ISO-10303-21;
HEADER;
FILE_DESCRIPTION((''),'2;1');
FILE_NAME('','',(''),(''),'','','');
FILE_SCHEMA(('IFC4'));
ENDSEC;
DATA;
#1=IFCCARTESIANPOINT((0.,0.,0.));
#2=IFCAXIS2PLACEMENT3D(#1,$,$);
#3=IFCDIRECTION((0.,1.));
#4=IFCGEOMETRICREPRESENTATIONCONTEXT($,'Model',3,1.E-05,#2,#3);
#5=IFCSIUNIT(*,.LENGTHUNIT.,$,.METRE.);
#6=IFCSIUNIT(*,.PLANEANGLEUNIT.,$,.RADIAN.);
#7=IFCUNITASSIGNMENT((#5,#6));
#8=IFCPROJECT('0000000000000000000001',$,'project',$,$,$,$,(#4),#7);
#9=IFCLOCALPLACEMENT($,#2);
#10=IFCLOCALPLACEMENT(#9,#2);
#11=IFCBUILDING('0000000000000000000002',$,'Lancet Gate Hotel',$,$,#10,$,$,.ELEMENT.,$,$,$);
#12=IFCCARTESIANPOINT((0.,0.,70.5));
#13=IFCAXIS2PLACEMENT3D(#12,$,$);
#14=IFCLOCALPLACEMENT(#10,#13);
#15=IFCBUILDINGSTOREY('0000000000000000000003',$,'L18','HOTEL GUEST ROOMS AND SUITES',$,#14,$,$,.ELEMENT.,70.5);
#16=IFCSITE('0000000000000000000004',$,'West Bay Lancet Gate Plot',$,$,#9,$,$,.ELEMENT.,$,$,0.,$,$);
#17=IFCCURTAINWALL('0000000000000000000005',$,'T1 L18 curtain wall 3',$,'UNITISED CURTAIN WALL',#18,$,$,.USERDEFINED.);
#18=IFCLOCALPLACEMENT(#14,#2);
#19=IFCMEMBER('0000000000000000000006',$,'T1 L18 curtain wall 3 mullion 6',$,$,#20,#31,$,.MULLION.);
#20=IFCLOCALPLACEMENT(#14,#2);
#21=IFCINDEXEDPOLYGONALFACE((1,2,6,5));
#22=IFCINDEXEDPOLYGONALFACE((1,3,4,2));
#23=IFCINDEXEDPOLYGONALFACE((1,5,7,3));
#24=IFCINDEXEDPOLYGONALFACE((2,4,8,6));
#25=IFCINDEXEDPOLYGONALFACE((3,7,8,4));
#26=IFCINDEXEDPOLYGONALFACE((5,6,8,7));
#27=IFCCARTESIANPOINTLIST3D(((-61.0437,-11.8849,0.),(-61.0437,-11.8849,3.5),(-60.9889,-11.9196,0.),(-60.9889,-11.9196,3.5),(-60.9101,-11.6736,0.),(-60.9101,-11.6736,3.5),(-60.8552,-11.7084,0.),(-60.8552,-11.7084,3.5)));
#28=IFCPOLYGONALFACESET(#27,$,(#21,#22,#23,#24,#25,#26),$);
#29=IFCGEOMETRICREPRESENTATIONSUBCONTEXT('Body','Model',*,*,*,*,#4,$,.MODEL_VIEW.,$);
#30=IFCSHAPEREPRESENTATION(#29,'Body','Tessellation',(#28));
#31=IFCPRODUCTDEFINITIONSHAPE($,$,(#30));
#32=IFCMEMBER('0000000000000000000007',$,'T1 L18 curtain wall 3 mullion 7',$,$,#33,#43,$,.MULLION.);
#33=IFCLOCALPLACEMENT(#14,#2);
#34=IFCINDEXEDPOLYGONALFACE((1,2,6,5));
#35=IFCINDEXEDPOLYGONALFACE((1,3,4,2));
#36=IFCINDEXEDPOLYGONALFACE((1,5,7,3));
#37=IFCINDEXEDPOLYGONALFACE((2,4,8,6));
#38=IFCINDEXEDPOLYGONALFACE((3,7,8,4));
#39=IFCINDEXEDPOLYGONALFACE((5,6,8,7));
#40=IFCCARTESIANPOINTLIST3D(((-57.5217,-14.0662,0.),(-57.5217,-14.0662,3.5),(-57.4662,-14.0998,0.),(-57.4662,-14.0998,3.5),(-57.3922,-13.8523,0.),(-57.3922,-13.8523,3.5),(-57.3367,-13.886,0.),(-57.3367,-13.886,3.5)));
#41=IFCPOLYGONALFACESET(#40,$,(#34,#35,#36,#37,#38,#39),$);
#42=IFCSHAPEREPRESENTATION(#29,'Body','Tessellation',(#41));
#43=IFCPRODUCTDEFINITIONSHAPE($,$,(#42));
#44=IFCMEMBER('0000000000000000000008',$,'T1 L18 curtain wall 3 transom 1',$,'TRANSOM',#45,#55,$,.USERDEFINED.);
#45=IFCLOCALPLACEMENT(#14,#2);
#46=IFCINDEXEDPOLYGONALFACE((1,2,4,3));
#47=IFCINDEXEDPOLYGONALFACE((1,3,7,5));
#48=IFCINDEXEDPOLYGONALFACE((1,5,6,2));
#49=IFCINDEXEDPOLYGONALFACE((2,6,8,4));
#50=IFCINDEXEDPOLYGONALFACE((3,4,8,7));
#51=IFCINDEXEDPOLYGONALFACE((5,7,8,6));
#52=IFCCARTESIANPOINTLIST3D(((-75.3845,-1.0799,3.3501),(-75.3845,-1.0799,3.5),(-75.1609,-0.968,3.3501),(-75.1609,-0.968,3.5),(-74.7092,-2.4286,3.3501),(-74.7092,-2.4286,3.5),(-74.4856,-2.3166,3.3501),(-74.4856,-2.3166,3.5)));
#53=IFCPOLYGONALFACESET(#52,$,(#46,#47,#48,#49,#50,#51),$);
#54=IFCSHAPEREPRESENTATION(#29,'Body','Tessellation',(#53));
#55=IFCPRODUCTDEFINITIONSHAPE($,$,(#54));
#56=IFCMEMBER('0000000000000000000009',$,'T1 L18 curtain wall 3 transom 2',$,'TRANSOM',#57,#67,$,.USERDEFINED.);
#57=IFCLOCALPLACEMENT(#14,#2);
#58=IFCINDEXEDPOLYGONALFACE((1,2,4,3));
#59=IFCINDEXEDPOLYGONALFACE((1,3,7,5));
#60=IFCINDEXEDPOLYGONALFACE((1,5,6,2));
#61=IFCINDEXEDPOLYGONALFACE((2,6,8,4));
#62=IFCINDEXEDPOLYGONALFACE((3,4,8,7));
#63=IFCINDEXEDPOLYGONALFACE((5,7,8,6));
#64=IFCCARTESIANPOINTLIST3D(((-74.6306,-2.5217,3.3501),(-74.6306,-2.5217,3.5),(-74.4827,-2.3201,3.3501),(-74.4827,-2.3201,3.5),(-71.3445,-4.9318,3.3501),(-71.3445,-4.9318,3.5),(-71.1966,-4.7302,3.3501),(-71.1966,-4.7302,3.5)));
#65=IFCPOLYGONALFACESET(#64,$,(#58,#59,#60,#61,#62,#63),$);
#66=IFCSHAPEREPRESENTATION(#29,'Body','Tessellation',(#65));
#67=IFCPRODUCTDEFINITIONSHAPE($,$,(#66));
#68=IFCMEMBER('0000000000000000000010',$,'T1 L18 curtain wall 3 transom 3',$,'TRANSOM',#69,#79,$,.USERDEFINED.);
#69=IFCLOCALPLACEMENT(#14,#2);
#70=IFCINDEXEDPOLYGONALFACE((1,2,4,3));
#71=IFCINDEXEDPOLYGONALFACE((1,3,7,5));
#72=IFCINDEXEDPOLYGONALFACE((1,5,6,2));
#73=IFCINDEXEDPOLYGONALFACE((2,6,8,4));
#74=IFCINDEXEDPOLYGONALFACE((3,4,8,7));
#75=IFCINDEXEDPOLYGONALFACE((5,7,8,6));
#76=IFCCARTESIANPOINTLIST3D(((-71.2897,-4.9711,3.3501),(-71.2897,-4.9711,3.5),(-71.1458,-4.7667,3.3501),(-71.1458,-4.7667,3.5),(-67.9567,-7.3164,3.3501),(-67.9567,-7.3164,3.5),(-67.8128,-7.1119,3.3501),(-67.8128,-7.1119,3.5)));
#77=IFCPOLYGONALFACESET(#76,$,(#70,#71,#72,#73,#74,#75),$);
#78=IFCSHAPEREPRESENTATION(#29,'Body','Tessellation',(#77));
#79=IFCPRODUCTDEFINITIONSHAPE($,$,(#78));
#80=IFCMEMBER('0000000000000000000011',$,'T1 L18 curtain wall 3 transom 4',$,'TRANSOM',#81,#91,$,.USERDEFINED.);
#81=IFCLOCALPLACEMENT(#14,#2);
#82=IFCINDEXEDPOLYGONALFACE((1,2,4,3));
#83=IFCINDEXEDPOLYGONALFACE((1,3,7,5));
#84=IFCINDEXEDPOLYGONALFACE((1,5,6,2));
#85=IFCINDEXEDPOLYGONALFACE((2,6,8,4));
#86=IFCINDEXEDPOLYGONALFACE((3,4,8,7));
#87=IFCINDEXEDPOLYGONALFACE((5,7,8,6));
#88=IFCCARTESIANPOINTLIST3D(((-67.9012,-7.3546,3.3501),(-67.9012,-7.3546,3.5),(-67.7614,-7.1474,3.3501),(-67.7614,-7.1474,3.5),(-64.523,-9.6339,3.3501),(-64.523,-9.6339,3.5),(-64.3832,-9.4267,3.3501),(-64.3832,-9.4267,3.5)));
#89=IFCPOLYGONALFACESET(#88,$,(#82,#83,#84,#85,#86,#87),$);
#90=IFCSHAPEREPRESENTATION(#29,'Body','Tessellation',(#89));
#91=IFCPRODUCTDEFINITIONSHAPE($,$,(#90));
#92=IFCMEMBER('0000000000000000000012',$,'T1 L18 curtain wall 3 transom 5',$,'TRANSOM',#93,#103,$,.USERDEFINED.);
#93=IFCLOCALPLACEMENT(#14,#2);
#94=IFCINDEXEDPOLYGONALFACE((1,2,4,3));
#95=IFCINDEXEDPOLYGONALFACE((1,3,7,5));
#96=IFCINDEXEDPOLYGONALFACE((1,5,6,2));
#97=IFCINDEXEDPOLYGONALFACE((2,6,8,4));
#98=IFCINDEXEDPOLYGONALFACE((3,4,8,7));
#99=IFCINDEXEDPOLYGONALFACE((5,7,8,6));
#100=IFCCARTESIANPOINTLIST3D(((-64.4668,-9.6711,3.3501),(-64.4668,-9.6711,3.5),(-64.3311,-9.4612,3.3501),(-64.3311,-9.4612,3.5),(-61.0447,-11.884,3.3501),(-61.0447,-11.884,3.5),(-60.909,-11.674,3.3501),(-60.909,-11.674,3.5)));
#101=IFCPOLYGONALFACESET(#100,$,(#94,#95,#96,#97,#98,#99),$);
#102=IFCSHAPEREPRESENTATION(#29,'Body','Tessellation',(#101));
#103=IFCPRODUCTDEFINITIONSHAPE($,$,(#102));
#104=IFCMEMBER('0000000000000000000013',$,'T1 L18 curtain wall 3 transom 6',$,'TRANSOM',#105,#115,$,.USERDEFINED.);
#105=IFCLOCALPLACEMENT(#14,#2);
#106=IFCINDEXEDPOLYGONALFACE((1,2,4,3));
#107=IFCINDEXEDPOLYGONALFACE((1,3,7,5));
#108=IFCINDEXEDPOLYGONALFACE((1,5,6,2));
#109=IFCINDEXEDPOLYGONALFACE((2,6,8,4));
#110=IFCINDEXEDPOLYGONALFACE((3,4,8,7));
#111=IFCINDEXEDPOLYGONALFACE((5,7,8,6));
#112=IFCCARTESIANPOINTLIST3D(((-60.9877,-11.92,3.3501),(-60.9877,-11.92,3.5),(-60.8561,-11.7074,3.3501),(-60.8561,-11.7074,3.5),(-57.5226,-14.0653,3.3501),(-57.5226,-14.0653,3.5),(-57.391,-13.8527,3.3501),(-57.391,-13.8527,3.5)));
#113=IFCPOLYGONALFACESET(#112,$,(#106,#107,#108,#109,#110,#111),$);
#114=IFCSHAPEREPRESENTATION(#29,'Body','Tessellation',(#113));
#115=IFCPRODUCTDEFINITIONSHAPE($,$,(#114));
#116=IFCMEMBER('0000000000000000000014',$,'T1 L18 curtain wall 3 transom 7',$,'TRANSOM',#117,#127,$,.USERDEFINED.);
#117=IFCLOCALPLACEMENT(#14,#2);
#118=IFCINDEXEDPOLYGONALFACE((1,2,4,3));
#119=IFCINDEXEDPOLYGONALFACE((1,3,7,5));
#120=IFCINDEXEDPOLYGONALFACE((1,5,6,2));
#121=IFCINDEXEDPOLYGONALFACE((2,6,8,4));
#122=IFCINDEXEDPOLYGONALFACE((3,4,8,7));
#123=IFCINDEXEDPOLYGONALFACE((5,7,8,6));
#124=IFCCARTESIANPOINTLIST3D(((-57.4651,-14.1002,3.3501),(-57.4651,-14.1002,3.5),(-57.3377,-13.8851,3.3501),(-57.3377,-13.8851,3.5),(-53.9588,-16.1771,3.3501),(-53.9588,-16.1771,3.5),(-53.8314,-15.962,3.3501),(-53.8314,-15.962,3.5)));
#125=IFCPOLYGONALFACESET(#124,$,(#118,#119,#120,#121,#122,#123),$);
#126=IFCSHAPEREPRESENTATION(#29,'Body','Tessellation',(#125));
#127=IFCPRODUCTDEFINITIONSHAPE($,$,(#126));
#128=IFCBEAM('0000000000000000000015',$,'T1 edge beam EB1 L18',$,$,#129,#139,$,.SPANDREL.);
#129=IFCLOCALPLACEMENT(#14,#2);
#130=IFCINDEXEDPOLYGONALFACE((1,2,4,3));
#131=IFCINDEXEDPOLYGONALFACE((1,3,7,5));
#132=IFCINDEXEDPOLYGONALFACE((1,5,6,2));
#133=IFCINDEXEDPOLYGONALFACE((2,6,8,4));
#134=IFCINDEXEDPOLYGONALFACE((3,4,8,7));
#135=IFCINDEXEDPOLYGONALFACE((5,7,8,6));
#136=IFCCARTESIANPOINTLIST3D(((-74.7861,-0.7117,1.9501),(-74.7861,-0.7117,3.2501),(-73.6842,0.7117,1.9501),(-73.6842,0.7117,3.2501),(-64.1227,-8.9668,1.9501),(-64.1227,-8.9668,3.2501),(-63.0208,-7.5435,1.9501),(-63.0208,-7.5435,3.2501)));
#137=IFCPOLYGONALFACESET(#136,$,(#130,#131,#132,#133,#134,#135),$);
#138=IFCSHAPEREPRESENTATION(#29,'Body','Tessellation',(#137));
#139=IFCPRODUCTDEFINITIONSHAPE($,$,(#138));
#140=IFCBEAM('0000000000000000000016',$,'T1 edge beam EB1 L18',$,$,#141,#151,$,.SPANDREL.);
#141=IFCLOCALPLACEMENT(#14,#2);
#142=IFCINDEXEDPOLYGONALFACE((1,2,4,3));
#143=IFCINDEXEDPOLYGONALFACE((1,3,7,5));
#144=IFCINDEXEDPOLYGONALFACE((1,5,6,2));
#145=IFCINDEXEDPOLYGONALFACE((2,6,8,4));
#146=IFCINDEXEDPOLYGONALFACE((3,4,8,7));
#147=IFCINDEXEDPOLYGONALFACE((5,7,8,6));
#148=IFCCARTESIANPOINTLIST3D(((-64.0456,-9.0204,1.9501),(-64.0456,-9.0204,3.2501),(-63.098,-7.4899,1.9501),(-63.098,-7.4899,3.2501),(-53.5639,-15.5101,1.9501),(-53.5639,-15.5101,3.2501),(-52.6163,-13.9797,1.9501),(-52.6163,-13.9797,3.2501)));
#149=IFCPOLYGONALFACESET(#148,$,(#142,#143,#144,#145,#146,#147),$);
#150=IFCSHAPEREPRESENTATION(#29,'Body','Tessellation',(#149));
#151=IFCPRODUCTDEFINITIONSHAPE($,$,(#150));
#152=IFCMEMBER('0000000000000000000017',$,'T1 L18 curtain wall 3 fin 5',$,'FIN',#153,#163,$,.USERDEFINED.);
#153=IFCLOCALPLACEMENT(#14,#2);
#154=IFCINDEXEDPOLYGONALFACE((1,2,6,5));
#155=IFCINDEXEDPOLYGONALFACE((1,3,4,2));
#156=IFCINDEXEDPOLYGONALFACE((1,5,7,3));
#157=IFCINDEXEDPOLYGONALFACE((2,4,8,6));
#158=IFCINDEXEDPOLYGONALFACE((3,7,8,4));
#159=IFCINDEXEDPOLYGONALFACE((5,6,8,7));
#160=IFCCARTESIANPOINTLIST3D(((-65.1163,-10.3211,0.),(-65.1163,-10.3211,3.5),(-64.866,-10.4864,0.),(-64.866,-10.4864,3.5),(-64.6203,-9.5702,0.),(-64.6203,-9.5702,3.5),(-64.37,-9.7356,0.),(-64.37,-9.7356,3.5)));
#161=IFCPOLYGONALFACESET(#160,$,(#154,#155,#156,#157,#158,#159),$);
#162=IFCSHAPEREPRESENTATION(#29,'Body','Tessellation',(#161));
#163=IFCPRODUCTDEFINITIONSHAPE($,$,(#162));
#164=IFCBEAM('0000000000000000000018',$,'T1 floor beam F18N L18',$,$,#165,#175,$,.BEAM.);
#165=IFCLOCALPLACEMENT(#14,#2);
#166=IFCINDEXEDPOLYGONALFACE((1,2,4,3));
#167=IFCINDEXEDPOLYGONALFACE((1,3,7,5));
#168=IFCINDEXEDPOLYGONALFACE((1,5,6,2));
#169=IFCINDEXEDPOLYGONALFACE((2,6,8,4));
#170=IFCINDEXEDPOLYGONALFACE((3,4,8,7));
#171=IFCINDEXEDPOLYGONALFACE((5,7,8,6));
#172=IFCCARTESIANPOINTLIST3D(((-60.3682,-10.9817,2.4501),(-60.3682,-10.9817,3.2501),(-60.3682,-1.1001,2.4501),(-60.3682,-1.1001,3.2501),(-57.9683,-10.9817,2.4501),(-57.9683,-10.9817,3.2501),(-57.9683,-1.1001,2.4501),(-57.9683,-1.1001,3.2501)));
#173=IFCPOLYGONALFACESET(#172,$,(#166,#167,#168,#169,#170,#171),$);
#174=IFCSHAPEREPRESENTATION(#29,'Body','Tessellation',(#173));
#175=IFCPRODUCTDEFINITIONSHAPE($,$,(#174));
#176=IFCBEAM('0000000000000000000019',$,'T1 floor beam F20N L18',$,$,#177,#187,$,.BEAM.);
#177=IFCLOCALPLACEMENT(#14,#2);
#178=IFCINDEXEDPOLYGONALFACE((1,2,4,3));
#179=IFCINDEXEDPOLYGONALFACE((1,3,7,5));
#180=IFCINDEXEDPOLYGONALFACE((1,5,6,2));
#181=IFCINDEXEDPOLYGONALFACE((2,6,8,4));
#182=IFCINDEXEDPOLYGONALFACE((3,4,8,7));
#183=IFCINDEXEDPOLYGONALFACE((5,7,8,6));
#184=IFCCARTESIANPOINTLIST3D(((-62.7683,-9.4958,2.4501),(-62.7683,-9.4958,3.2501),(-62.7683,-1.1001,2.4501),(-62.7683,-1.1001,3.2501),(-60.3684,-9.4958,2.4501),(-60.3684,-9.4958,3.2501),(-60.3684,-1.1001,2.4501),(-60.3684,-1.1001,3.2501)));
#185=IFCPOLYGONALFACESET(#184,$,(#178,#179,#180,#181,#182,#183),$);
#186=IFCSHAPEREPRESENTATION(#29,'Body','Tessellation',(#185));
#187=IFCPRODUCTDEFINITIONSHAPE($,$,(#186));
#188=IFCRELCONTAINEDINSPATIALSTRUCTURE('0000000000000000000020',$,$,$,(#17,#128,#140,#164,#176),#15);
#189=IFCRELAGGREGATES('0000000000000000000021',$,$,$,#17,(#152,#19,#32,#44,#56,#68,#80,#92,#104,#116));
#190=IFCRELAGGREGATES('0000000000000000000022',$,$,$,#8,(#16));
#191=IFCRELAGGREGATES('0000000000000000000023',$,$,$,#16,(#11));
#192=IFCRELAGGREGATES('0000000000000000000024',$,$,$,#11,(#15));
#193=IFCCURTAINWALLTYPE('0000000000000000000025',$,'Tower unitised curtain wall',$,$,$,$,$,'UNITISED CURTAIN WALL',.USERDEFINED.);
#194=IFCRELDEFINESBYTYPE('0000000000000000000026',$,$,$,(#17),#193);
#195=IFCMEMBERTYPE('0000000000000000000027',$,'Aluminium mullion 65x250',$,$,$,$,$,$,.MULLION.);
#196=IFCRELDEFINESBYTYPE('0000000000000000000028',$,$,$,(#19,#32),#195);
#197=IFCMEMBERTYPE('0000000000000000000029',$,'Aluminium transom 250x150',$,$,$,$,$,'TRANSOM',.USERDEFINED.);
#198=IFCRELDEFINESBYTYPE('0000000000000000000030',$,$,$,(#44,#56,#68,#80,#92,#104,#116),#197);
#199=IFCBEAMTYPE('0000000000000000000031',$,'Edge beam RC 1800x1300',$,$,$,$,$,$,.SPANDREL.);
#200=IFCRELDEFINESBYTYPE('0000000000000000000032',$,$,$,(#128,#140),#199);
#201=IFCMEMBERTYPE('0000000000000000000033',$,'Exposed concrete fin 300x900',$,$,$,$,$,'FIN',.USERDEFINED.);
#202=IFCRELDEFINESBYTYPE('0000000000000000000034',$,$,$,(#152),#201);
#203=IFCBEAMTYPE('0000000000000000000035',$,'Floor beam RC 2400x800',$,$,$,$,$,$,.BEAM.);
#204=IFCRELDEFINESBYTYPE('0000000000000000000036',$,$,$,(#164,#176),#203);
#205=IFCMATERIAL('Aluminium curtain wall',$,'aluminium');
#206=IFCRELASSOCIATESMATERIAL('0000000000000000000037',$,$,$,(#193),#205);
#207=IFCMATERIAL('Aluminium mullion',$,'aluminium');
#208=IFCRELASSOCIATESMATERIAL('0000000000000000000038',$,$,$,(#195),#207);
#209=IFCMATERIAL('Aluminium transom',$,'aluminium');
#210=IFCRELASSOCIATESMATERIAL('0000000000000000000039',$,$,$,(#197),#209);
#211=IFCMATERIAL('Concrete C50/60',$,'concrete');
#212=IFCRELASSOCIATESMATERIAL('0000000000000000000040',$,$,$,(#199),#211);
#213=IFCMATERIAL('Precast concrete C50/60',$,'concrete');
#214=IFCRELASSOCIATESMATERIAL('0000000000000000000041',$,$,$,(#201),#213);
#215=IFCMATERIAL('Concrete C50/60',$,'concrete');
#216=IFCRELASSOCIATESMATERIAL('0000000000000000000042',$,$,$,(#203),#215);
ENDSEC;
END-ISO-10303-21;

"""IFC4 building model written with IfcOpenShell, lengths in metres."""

from ifc_helpers import new_model, si_unit, direction, frame, origin, origin_2d, place, context, subcontext, project, spatial, rectangle, extrude, material, material_profile, profile_set, type_object, element, aggregate, save


model = new_model("IFC4")

# Units and contexts
model_context = context("Model", 3, precision=1e-05, world=origin(), true_north=direction((0.0, 1.0)))
body_context = subcontext(model_context, "Body", "Model", "MODEL_VIEW")
ifc_project = project(units=[si_unit("LENGTHUNIT", "METRE"), si_unit("PLANEANGLEUNIT", "RADIAN")], contexts=[model_context])

# Site, building, storey
site_placement = place(None, origin())
site = spatial("IfcSite", under=ifc_project, at=site_placement, Name="West Bay Lancet Gate Plot", CompositionType="ELEMENT", RefElevation=0.0)
building_placement = place(site_placement, origin())
building = spatial("IfcBuilding", under=site, at=building_placement, Name="Lancet Gate Hotel", CompositionType="ELEMENT")
storey_placement = place(building_placement, frame((0.0, 0.0, 70.5)))
storey = spatial("IfcBuildingStorey", under=building, at=storey_placement, Name="L18", Description="HOTEL GUEST ROOMS AND SUITES", CompositionType="ELEMENT", Elevation=70.5)

# Curtain wall, members
ifc_material_1 = material(Name="Aluminium curtain wall", Category="aluminium")
curtain_wall_type = type_object("IfcCurtainWallType", Name="Tower unitised curtain wall", ElementType="UNITISED CURTAIN WALL", PredefinedType="USERDEFINED", material=ifc_material_1)
curtain_wall_placement = place(storey_placement, origin())
curtain_wall = element("IfcCurtainWall", 1, at=curtain_wall_placement, inside=storey, type_object=curtain_wall_type, Name="T1 L18 curtain wall 3", ObjectType="UNITISED CURTAIN WALL", PredefinedType="USERDEFINED")
ifc_material_2 = material(Name="Aluminium mullion", Category="aluminium")
ifc_material_profile_1 = material_profile(ifc_material_2, rectangle(XDim=0.0649, YDim=0.25, at=origin_2d()), Name="MULLION 65x250")
ifc_profile_set_1 = profile_set([ifc_material_profile_1], Name="Aluminium mullion")
member_type_1 = type_object("IfcMemberType", Name="Aluminium mullion 65x250", PredefinedType="MULLION", material=ifc_profile_set_1)
member_1_placement = place(storey_placement, frame((-60.9495, -11.7966, 0.0), z_axis=(0.0, 0.0, 1.0), x_axis=(0.845029, -0.53472, 0.0)))
member_1 = element("IfcMember", 2, at=member_1_placement, type_object=member_type_1, Name="T1 L18 curtain wall 3 mullion 6", PredefinedType="MULLION", context=body_context, shape_type="SweptSolid", body=[
    extrude(rectangle(XDim=0.0649, YDim=0.25, at=origin_2d()), origin(), (0.0, 0.0, 1.0), 3.5),
])
member_2_placement = place(storey_placement, frame((-57.4292, -13.9761, 0.0), z_axis=(0.0, 0.0, 1.0), x_axis=(0.855346, -0.518057, 0.0)))
member_2 = element("IfcMember", 3, at=member_2_placement, type_object=member_type_1, Name="T1 L18 curtain wall 3 mullion 7", PredefinedType="MULLION", context=body_context, shape_type="SweptSolid", body=[
    extrude(rectangle(XDim=0.0649, YDim=0.25, at=origin_2d()), origin(), (0.0, 0.0, 1.0), 3.5),
])
ifc_material_3 = material(Name="Aluminium transom", Category="aluminium")
ifc_material_profile_2 = material_profile(ifc_material_3, rectangle(XDim=0.25, YDim=0.1499, at=origin_2d()), Name="TRANSOM 250x150")
ifc_profile_set_2 = profile_set([ifc_material_profile_2], Name="Aluminium transom")
member_type_2 = type_object("IfcMemberType", Name="Aluminium transom 250x150", ElementType="TRANSOM", PredefinedType="USERDEFINED", material=ifc_profile_set_2)
member_3_placement = place(storey_placement, frame((-75.2727, -1.0239, 3.425), z_axis=(0.447732, -0.894168, 0.0), x_axis=(0.894168, 0.447732, 0.0)))
member_3 = element("IfcMember", 4, at=member_3_placement, type_object=member_type_2, Name="T1 L18 curtain wall 3 transom 1", ObjectType="TRANSOM", PredefinedType="USERDEFINED", context=body_context, shape_type="SweptSolid", body=[
    extrude(rectangle(XDim=0.25, YDim=0.1499, at=origin_2d()), origin(), (0.0, 0.0, 1.0), 1.5083),
])
member_4_placement = place(storey_placement, frame((-74.5566, -2.4209, 3.425), z_axis=(0.806367, -0.591416, 0.0), x_axis=(0.591416, 0.806367, 0.0)))
member_4 = element("IfcMember", 5, at=member_4_placement, type_object=member_type_2, Name="T1 L18 curtain wall 3 transom 2", ObjectType="TRANSOM", PredefinedType="USERDEFINED", context=body_context, shape_type="SweptSolid", body=[
    extrude(rectangle(XDim=0.25, YDim=0.1499, at=origin_2d()), origin(), (0.0, 0.0, 1.0), 4.0752),
])
member_5_placement = place(storey_placement, frame((-71.2178, -4.8689, 3.425), z_axis=(0.817834, -0.575455, 0.0), x_axis=(0.575455, 0.817834, 0.0)))
member_5 = element("IfcMember", 6, at=member_5_placement, type_object=member_type_2, Name="T1 L18 curtain wall 3 transom 3", ObjectType="TRANSOM", PredefinedType="USERDEFINED", context=body_context, shape_type="SweptSolid", body=[
    extrude(rectangle(XDim=0.25, YDim=0.1499, at=origin_2d()), origin(), (0.0, 0.0, 1.0), 4.0754),
])
member_6_placement = place(storey_placement, frame((-67.8313, -7.251, 3.425), z_axis=(0.828959, -0.559309, 0.0), x_axis=(0.559309, 0.828959, 0.0)))
member_6 = element("IfcMember", 7, at=member_6_placement, type_object=member_type_2, Name="T1 L18 curtain wall 3 transom 4", ObjectType="TRANSOM", PredefinedType="USERDEFINED", context=body_context, shape_type="SweptSolid", body=[
    extrude(rectangle(XDim=0.25, YDim=0.1499, at=origin_2d()), origin(), (0.0, 0.0, 1.0), 4.0752),
])
member_7_placement = place(storey_placement, frame((-64.3989, -9.5662, 3.425), z_axis=(0.839729, -0.543005, 0.0), x_axis=(0.543005, 0.839729, 0.0)))
member_7 = element("IfcMember", 8, at=member_7_placement, type_object=member_type_2, Name="T1 L18 curtain wall 3 transom 5", ObjectType="TRANSOM", PredefinedType="USERDEFINED", context=body_context, shape_type="SweptSolid", body=[
    extrude(rectangle(XDim=0.25, YDim=0.1499, at=origin_2d()), origin(), (0.0, 0.0, 1.0), 4.0752),
])
member_8_placement = place(storey_placement, frame((-60.9219, -11.8137, 3.425), z_axis=(0.850242, -0.526392, 0.0), x_axis=(0.526392, 0.850242, 0.0)))
member_8 = element("IfcMember", 9, at=member_8_placement, type_object=member_type_2, Name="T1 L18 curtain wall 3 transom 6", ObjectType="TRANSOM", PredefinedType="USERDEFINED", context=body_context, shape_type="SweptSolid", body=[
    extrude(rectangle(XDim=0.25, YDim=0.1499, at=origin_2d()), origin(), (0.0, 0.0, 1.0), 4.0754),
])
member_9_placement = place(storey_placement, frame((-57.4014, -13.9927, 3.425), z_axis=(0.860392, -0.509633, 0.0), x_axis=(0.509633, 0.860392, 0.0)))
member_9 = element("IfcMember", 10, at=member_9_placement, type_object=member_type_2, Name="T1 L18 curtain wall 3 transom 7", ObjectType="TRANSOM", PredefinedType="USERDEFINED", context=body_context, shape_type="SweptSolid", body=[
    extrude(rectangle(XDim=0.25, YDim=0.1499, at=origin_2d()), origin(), (0.0, 0.0, 1.0), 4.0752),
])

# Beams
ifc_material_4 = material(Name="Concrete C50/60", Category="concrete")
ifc_material_profile_3 = material_profile(ifc_material_4, rectangle(XDim=1.8, YDim=1.3, at=origin_2d()), Name="RC 1800x1300")
ifc_profile_set_3 = profile_set([ifc_material_profile_3], Name="Concrete C50/60")
beam_type_1 = type_object("IfcBeamType", Name="Edge beam RC 1800x1300", PredefinedType="SPANDREL", material=ifc_profile_set_3)
beam_1_placement = place(storey_placement, frame((-74.2351, 0.0, 2.6001), z_axis=(0.790736, -0.612157, 0.0), x_axis=(0.612157, 0.790736, 0.0)))
element("IfcBeam", 11, at=beam_1_placement, inside=storey, type_object=beam_type_1, Name="T1 edge beam EB1 L18", PredefinedType="SPANDREL", context=body_context, shape_type="SweptSolid", body=[
    extrude(rectangle(XDim=1.8, YDim=1.3, at=origin_2d()), origin(), (0.0, 0.0, 1.0), 13.4854),
])
beam_2_placement = place(storey_placement, frame((-63.5718, -8.2551, 2.6001), z_axis=(0.850226, -0.526418, 0.0), x_axis=(0.526418, 0.850226, 0.0)))
element("IfcBeam", 12, at=beam_2_placement, inside=storey, type_object=beam_type_1, Name="T1 edge beam EB1 L18", PredefinedType="SPANDREL", context=body_context, shape_type="SweptSolid", body=[
    extrude(rectangle(XDim=1.8, YDim=1.3, at=origin_2d()), origin(), (0.0, 0.0, 1.0), 12.3281),
])

# Member
ifc_material_5 = material(Name="Precast concrete C50/60", Category="concrete")
ifc_material_profile_4 = material_profile(ifc_material_5, rectangle(XDim=0.3, YDim=0.8999, at=origin_2d()), Name="FIN 300x900")
ifc_profile_set_4 = profile_set([ifc_material_profile_4], Name="Precast concrete C50/60")
member_type_3 = type_object("IfcMemberType", Name="Exposed concrete fin 300x900", ElementType="FIN", PredefinedType="USERDEFINED", material=ifc_profile_set_4)
member_10_placement = place(storey_placement, frame((-64.7432, -10.0283, 0.0), z_axis=(0.0, 0.0, 1.0), x_axis=(0.834387, -0.551178, 0.0)))
member_10 = element("IfcMember", 13, at=member_10_placement, type_object=member_type_3, Name="T1 L18 curtain wall 3 fin 5", ObjectType="FIN", PredefinedType="USERDEFINED", context=body_context, shape_type="SweptSolid", body=[
    extrude(rectangle(XDim=0.3, YDim=0.8999, at=origin_2d()), origin(), (0.0, 0.0, 1.0), 3.5),
])

# Beams
ifc_material_6 = material(Name="Concrete C50/60", Category="concrete")
ifc_material_profile_5 = material_profile(ifc_material_6, rectangle(XDim=2.3999, YDim=0.8, at=origin_2d()), Name="RC 2400x800")
ifc_profile_set_5 = profile_set([ifc_material_profile_5], Name="Concrete C50/60")
beam_type_2 = type_object("IfcBeamType", Name="Floor beam RC 2400x800", PredefinedType="BEAM", material=ifc_profile_set_5)
beam_3_placement = place(storey_placement, frame((-59.1682, -1.1001, 2.8501), z_axis=(0.0, -1.0, 0.0), x_axis=(1.0, 0.0, 0.0)))
element("IfcBeam", 14, at=beam_3_placement, inside=storey, type_object=beam_type_2, Name="T1 floor beam F18N L18", PredefinedType="BEAM", context=body_context, shape_type="SweptSolid", body=[
    extrude(rectangle(XDim=2.3999, YDim=0.8, at=origin_2d()), origin(), (0.0, 0.0, 1.0), 9.8816),
])
beam_4_placement = place(storey_placement, frame((-61.5684, -1.1001, 2.8501), z_axis=(0.0, -1.0, 0.0), x_axis=(1.0, 0.0, 0.0)))
element("IfcBeam", 15, at=beam_4_placement, inside=storey, type_object=beam_type_2, Name="T1 floor beam F20N L18", PredefinedType="BEAM", context=body_context, shape_type="SweptSolid", body=[
    extrude(rectangle(XDim=2.3999, YDim=0.8, at=origin_2d()), origin(), (0.0, 0.0, 1.0), 8.3958),
])

aggregate(curtain_wall, [member_10, member_1, member_2, member_3, member_4, member_5, member_6, member_7, member_8, member_9])

save(model, "model.ifc")
